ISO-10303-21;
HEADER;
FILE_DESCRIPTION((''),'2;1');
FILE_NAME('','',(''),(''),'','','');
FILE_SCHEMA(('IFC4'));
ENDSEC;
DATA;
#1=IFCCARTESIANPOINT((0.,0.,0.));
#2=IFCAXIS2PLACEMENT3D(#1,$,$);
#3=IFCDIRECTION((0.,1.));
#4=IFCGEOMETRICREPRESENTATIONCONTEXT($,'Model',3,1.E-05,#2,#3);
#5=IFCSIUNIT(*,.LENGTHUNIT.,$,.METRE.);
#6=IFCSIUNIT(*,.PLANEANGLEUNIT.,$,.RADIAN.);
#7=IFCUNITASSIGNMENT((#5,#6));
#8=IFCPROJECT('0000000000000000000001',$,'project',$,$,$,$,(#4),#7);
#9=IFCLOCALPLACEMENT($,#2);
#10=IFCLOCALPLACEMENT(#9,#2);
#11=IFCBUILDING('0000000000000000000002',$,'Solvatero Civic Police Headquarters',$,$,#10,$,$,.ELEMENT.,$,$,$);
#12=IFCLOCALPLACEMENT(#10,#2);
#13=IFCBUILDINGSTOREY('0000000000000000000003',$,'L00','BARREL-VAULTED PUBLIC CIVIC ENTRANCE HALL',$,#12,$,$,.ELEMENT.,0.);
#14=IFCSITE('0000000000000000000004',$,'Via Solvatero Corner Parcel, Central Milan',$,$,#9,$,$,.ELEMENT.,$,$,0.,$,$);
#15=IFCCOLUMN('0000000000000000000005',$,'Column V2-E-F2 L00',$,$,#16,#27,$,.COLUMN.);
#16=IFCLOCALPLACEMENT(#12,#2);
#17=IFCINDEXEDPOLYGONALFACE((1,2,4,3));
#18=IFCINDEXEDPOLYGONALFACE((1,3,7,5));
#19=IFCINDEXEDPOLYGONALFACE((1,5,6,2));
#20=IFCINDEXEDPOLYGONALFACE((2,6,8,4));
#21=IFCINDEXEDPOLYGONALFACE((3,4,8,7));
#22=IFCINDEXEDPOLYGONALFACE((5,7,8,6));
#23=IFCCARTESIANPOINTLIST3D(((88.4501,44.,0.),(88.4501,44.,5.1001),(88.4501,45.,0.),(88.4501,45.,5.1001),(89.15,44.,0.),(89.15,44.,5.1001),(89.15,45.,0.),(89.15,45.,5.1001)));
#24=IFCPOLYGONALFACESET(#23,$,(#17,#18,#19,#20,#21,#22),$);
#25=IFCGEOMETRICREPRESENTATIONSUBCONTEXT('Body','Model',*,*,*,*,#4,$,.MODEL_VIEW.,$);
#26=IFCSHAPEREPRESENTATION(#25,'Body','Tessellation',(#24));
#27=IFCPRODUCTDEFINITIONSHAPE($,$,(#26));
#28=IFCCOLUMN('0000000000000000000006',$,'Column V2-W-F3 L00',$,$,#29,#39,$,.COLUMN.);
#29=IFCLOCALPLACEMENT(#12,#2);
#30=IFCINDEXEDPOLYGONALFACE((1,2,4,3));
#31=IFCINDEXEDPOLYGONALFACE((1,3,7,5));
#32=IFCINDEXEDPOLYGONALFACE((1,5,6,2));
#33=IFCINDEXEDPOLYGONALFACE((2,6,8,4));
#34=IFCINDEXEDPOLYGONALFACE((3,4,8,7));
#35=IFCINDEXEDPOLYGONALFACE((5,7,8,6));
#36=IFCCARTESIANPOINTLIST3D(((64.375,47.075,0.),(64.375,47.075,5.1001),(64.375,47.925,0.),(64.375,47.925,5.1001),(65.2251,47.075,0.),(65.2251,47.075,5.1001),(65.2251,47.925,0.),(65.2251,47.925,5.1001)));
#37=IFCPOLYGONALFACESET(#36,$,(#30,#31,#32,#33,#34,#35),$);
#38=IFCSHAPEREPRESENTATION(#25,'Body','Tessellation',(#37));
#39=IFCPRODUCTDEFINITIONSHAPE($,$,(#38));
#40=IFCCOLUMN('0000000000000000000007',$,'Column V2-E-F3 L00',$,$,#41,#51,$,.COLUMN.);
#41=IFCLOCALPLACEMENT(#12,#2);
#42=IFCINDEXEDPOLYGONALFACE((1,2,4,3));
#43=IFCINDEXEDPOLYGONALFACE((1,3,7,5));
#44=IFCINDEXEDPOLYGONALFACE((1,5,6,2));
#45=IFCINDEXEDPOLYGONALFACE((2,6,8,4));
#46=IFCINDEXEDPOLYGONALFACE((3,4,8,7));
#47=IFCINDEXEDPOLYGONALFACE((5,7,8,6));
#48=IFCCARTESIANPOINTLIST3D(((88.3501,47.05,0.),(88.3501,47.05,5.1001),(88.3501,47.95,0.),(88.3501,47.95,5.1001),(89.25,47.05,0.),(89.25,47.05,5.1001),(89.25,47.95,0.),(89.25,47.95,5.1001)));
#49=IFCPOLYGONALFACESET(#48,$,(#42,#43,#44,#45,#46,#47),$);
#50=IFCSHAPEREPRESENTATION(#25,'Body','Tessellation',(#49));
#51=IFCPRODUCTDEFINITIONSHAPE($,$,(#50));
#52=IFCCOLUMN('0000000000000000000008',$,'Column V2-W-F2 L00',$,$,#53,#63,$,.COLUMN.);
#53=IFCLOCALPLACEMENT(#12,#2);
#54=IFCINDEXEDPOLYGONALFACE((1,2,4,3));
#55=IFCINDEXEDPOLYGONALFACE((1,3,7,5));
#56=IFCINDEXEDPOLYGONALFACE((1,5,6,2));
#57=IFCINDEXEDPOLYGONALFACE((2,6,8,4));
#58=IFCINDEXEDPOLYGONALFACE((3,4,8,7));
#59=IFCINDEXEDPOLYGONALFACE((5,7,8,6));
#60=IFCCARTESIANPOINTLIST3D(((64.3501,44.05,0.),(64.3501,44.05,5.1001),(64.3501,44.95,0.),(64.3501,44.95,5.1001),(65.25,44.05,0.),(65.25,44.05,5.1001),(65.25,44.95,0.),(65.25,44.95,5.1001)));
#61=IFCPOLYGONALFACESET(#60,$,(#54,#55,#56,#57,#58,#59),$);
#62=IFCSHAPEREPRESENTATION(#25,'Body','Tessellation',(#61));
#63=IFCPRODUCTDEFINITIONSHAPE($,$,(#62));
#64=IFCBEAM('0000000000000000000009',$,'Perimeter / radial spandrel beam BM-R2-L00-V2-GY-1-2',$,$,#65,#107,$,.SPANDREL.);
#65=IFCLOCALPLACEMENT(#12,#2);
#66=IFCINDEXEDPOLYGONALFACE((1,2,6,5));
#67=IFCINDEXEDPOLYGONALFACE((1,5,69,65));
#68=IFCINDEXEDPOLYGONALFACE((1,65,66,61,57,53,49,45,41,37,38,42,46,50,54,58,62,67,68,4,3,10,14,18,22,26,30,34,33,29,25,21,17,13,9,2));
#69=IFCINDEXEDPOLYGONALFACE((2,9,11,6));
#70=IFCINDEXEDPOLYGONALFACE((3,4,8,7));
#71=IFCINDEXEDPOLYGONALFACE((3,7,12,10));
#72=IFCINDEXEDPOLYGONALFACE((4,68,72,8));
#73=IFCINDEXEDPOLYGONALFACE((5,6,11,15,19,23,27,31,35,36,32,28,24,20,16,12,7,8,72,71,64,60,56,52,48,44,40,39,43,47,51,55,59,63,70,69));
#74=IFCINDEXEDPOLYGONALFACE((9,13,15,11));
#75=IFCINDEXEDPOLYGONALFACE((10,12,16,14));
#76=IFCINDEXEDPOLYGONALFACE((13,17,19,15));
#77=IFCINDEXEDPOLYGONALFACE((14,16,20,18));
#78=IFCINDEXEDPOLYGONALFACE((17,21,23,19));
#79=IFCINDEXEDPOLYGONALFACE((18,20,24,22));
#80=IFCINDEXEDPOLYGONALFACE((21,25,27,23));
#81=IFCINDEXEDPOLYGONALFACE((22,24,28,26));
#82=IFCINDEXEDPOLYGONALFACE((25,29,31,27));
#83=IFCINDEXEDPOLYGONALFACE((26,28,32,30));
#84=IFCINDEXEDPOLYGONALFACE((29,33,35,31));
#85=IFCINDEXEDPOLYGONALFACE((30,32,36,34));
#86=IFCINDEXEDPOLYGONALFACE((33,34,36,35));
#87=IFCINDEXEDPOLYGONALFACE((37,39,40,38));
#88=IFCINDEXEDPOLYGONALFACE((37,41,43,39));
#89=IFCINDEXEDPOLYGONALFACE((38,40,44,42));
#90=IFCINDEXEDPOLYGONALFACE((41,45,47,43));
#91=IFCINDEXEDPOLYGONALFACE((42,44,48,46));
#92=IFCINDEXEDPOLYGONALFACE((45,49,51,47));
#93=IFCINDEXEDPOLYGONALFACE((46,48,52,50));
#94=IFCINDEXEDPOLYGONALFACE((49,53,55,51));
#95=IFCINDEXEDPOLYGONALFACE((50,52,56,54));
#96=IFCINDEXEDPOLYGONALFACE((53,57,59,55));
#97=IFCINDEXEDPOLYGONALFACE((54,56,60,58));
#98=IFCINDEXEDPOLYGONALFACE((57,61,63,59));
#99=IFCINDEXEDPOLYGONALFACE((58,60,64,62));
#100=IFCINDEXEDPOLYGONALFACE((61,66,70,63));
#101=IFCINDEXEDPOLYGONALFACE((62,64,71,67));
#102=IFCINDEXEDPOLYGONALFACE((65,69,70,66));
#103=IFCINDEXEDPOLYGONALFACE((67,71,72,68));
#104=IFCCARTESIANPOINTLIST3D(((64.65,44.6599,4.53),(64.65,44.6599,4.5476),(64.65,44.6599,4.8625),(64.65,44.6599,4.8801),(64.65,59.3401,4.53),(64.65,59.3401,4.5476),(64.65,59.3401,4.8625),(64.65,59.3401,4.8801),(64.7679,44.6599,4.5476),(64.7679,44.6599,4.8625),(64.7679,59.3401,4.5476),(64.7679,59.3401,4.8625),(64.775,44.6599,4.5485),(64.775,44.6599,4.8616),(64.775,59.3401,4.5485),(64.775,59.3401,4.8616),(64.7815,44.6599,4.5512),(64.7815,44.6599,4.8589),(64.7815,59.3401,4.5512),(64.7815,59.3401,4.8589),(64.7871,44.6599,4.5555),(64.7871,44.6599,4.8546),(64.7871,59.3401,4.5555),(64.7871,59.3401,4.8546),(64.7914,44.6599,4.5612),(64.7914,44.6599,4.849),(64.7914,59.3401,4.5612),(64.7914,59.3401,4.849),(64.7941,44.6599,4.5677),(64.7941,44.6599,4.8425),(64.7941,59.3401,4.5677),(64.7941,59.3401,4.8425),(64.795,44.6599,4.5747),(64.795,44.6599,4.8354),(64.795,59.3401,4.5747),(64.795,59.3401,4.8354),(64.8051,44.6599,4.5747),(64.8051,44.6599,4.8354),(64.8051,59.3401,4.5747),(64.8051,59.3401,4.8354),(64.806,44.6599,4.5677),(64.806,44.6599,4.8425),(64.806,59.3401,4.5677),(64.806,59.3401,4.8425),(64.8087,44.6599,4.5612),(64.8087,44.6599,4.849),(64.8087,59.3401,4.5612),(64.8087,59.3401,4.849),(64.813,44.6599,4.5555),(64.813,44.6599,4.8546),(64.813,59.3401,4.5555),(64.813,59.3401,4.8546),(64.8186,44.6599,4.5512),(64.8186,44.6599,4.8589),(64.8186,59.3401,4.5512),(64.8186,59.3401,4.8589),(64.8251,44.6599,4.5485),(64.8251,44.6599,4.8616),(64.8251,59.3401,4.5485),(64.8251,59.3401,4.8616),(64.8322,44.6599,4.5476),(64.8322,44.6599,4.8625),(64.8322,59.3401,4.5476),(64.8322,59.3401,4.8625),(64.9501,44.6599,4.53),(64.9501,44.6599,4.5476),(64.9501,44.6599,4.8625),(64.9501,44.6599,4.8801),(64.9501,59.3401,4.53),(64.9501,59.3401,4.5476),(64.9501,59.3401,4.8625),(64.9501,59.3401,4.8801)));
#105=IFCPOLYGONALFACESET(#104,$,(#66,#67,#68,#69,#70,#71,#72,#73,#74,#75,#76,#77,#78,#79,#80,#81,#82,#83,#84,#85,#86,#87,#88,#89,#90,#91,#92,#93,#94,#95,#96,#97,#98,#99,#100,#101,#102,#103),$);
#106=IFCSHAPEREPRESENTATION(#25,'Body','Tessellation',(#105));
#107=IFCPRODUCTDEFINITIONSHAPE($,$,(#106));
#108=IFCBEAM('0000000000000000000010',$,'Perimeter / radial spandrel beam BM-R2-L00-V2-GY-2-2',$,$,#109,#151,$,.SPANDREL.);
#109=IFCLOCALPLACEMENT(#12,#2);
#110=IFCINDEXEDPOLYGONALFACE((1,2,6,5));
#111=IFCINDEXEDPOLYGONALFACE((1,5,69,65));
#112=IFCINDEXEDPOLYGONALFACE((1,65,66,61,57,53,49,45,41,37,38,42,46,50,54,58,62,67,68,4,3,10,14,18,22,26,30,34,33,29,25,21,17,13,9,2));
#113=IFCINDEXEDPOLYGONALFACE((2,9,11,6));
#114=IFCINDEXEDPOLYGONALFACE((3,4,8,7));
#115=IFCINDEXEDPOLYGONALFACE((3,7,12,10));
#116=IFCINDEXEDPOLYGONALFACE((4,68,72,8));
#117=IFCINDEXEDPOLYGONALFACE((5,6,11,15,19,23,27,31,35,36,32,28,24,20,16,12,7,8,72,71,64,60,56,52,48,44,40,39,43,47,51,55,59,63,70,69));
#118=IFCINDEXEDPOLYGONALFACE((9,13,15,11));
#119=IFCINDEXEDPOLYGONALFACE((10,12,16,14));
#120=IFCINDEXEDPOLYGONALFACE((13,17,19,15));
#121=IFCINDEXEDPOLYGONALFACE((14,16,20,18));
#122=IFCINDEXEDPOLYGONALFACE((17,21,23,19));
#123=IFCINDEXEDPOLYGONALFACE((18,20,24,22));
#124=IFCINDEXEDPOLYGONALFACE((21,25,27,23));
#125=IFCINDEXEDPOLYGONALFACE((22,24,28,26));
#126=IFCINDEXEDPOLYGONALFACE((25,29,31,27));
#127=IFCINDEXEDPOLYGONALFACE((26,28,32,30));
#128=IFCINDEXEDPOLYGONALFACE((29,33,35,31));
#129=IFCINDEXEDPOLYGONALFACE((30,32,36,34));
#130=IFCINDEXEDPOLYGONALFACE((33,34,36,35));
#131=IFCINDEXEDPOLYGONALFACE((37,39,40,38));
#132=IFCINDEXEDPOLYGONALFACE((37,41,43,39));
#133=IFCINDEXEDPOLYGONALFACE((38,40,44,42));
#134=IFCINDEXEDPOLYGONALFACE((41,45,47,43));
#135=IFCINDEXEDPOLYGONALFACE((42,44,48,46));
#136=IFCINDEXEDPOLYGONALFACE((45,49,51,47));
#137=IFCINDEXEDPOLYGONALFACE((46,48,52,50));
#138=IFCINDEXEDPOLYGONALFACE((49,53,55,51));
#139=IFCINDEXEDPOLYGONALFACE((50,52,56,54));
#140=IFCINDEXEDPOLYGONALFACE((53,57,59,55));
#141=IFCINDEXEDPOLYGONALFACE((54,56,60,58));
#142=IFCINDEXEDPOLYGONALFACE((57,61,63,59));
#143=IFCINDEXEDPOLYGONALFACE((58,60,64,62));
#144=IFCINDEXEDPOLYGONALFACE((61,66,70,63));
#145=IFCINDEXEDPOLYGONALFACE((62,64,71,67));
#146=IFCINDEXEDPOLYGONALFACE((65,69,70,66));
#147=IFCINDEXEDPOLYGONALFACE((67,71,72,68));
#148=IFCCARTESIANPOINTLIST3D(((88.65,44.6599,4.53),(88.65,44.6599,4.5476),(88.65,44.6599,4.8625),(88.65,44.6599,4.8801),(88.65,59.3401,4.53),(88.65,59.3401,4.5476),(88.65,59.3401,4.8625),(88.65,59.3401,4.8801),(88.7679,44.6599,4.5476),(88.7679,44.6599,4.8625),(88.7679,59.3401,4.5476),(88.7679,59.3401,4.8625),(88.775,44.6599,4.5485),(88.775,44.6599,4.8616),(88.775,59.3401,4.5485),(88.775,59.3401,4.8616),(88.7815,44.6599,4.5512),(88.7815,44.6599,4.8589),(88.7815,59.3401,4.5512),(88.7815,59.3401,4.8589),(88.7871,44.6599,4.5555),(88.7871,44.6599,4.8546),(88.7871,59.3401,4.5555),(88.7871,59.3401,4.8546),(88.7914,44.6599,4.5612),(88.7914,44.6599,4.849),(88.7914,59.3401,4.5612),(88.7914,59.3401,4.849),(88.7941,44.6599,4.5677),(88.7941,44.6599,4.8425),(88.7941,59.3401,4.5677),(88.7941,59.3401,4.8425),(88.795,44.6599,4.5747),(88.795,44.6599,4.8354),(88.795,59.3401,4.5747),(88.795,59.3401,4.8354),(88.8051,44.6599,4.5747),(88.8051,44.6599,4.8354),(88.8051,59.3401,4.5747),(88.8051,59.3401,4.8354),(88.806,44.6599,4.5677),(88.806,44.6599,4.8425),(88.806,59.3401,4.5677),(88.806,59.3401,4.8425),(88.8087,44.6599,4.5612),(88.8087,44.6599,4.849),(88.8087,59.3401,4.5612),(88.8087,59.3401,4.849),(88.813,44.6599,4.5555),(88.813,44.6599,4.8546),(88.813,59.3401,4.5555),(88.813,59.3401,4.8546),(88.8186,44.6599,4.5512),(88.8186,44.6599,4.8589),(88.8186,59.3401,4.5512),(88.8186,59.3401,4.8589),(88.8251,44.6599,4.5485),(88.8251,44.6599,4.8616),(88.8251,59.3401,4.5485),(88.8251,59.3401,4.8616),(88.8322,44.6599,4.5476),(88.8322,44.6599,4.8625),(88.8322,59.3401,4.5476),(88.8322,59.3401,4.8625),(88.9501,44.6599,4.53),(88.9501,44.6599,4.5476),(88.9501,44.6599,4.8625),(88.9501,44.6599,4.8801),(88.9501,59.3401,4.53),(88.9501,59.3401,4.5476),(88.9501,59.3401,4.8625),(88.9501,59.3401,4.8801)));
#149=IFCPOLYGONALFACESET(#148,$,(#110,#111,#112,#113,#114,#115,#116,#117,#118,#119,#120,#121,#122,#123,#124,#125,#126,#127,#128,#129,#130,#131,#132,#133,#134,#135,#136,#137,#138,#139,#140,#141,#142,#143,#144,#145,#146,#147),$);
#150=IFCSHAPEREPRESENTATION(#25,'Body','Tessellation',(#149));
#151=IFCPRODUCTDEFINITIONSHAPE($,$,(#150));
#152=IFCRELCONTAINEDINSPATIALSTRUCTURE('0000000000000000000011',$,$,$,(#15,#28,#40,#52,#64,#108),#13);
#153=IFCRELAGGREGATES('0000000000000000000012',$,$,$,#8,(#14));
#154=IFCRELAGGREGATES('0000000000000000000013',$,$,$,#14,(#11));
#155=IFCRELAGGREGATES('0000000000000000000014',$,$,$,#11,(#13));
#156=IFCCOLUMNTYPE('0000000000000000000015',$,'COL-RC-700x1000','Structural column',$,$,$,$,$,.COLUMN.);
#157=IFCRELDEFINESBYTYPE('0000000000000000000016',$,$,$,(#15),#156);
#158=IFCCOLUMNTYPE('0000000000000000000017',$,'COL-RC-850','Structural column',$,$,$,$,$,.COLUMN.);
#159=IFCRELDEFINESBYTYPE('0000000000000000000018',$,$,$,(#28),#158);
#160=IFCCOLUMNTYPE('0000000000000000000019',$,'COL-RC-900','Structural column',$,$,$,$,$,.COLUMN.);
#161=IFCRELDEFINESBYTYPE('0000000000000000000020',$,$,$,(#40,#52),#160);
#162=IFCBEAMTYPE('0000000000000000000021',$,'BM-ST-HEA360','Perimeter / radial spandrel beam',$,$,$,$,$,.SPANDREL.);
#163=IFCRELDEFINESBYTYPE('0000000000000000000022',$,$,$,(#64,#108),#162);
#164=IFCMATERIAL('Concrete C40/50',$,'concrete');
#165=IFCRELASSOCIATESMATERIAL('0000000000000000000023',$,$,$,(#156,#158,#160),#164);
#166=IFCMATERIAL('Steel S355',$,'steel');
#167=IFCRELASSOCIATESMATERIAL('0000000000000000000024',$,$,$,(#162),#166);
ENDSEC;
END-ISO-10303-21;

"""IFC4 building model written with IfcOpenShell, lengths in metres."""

from ifc_helpers import new_model, si_unit, direction, frame, origin, origin_2d, place, context, subcontext, project, spatial, rectangle, i_section, extrude, material, material_profile, profile_set, type_object, element, save


model = new_model("IFC4")

# Units and contexts
model_context = context("Model", 3, precision=1e-05, world=origin(), true_north=direction((0.0, 1.0)))
body_context = subcontext(model_context, "Body", "Model", "MODEL_VIEW")
ifc_project = project(units=[si_unit("LENGTHUNIT", "METRE"), si_unit("PLANEANGLEUNIT", "RADIAN")], contexts=[model_context])

# Site, building, storey
site_placement = place(None, origin())
site = spatial("IfcSite", under=ifc_project, at=site_placement, Name="Via Solvatero Corner Parcel, Central Milan", CompositionType="ELEMENT", RefElevation=0.0)
building_placement = place(site_placement, origin())
building = spatial("IfcBuilding", under=site, at=building_placement, Name="Solvatero Civic Police Headquarters", CompositionType="ELEMENT")
storey_placement = place(building_placement, origin())
storey = spatial("IfcBuildingStorey", under=building, at=storey_placement, Name="L00", Description="BARREL-VAULTED PUBLIC CIVIC ENTRANCE HALL", CompositionType="ELEMENT", Elevation=0.0)

# Columns
ifc_material_1 = material(Name="Concrete C40/50", Category="concrete")
ifc_material_profile_1 = material_profile(ifc_material_1, rectangle(XDim=0.7, YDim=1.0, at=origin_2d()), Name="RC 700x1000")
ifc_profile_set_1 = profile_set([ifc_material_profile_1], Name="Concrete C40/50")
column_type_1 = type_object("IfcColumnType", Name="COL-RC-700x1000", Description="Structural column", PredefinedType="COLUMN", material=ifc_profile_set_1)
column_1_placement = place(storey_placement, frame((88.8, 44.5, 0.0), z_axis=(0.0, 0.0, 1.0), x_axis=(1.0, 0.0, 0.0)))
element("IfcColumn", 1, at=column_1_placement, inside=storey, type_object=column_type_1, Name="Column V2-E-F2 L00", PredefinedType="COLUMN", context=body_context, shape_type="SweptSolid", body=[
    extrude(rectangle(XDim=0.7, YDim=1.0, at=origin_2d()), origin(), (0.0, 0.0, 1.0), 5.1001),
])
ifc_material_profile_2 = material_profile(ifc_material_1, rectangle(XDim=0.8501, YDim=0.8501, at=origin_2d()), Name="RC 850x850")
ifc_profile_set_2 = profile_set([ifc_material_profile_2], Name="Concrete C40/50")
column_type_2 = type_object("IfcColumnType", Name="COL-RC-850", Description="Structural column", PredefinedType="COLUMN", material=ifc_profile_set_2)
column_2_placement = place(storey_placement, frame((64.8, 47.5, 0.0), z_axis=(0.0, 0.0, 1.0), x_axis=(1.0, 0.0, 0.0)))
element("IfcColumn", 2, at=column_2_placement, inside=storey, type_object=column_type_2, Name="Column V2-W-F3 L00", PredefinedType="COLUMN", context=body_context, shape_type="SweptSolid", body=[
    extrude(rectangle(XDim=0.8501, YDim=0.8501, at=origin_2d()), origin(), (0.0, 0.0, 1.0), 5.1001),
])
ifc_material_profile_3 = material_profile(ifc_material_1, rectangle(XDim=0.8999, YDim=0.8999, at=origin_2d()), Name="RC 900x900")
ifc_profile_set_3 = profile_set([ifc_material_profile_3], Name="Concrete C40/50")
column_type_3 = type_object("IfcColumnType", Name="COL-RC-900", Description="Structural column", PredefinedType="COLUMN", material=ifc_profile_set_3)
for number, where, z_axis, x_axis, name in (
    (3, (88.8, 47.5, 0.0), (0.0, 0.0, 1.0), (1.0, 0.0, 0.0), "Column V2-E-F3 L00"),
    (4, (64.8, 44.5, 0.0), (0.0, 0.0, 1.0), (1.0, 0.0, 0.0), "Column V2-W-F2 L00"),
):
    element("IfcColumn", number, at=place(storey_placement, frame(where, z_axis=z_axis, x_axis=x_axis)), inside=storey, type_object=column_type_3, Name=name, PredefinedType="COLUMN", context=body_context, shape_type="SweptSolid", body=[
        extrude(rectangle(XDim=0.8999, YDim=0.8999, at=origin_2d()), origin(), (0.0, 0.0, 1.0), 5.1001),
    ])

# Beams
ifc_material_2 = material(Name="Steel S355", Category="steel")
ifc_material_profile_4 = material_profile(ifc_material_2, i_section(OverallWidth=0.3, OverallDepth=0.3501, WebThickness=0.01, FlangeThickness=0.0176, FilletRadius=0.0271, at=origin_2d()), Name="HEA 360")
ifc_profile_set_4 = profile_set([ifc_material_profile_4], Name="Steel S355")
beam_type_1 = type_object("IfcBeamType", Name="BM-ST-HEA360", Description="Perimeter / radial spandrel beam", PredefinedType="SPANDREL", material=ifc_profile_set_4)
for number, where, z_axis, x_axis, name in (
    (5, (64.8, 44.6599, 4.7051), (0.0, 1.0, 0.0), (-1.0, 0.0, 0.0), "Perimeter / radial spandrel beam BM-R2-L00-V2-GY-1-2"),
    (6, (88.8, 44.6599, 4.7051), (0.0, 1.0, 0.0), (-1.0, 0.0, 0.0), "Perimeter / radial spandrel beam BM-R2-L00-V2-GY-2-2"),
):
    element("IfcBeam", number, at=place(storey_placement, frame(where, z_axis=z_axis, x_axis=x_axis)), inside=storey, type_object=beam_type_1, Name=name, PredefinedType="SPANDREL", context=body_context, shape_type="SweptSolid", body=[
        extrude(i_section(OverallWidth=0.3, OverallDepth=0.3501, WebThickness=0.01, FlangeThickness=0.0176, FilletRadius=0.0271, at=origin_2d()), origin(), (0.0, 0.0, 1.0), 14.6802),
    ])

save(model, "model.ifc")
